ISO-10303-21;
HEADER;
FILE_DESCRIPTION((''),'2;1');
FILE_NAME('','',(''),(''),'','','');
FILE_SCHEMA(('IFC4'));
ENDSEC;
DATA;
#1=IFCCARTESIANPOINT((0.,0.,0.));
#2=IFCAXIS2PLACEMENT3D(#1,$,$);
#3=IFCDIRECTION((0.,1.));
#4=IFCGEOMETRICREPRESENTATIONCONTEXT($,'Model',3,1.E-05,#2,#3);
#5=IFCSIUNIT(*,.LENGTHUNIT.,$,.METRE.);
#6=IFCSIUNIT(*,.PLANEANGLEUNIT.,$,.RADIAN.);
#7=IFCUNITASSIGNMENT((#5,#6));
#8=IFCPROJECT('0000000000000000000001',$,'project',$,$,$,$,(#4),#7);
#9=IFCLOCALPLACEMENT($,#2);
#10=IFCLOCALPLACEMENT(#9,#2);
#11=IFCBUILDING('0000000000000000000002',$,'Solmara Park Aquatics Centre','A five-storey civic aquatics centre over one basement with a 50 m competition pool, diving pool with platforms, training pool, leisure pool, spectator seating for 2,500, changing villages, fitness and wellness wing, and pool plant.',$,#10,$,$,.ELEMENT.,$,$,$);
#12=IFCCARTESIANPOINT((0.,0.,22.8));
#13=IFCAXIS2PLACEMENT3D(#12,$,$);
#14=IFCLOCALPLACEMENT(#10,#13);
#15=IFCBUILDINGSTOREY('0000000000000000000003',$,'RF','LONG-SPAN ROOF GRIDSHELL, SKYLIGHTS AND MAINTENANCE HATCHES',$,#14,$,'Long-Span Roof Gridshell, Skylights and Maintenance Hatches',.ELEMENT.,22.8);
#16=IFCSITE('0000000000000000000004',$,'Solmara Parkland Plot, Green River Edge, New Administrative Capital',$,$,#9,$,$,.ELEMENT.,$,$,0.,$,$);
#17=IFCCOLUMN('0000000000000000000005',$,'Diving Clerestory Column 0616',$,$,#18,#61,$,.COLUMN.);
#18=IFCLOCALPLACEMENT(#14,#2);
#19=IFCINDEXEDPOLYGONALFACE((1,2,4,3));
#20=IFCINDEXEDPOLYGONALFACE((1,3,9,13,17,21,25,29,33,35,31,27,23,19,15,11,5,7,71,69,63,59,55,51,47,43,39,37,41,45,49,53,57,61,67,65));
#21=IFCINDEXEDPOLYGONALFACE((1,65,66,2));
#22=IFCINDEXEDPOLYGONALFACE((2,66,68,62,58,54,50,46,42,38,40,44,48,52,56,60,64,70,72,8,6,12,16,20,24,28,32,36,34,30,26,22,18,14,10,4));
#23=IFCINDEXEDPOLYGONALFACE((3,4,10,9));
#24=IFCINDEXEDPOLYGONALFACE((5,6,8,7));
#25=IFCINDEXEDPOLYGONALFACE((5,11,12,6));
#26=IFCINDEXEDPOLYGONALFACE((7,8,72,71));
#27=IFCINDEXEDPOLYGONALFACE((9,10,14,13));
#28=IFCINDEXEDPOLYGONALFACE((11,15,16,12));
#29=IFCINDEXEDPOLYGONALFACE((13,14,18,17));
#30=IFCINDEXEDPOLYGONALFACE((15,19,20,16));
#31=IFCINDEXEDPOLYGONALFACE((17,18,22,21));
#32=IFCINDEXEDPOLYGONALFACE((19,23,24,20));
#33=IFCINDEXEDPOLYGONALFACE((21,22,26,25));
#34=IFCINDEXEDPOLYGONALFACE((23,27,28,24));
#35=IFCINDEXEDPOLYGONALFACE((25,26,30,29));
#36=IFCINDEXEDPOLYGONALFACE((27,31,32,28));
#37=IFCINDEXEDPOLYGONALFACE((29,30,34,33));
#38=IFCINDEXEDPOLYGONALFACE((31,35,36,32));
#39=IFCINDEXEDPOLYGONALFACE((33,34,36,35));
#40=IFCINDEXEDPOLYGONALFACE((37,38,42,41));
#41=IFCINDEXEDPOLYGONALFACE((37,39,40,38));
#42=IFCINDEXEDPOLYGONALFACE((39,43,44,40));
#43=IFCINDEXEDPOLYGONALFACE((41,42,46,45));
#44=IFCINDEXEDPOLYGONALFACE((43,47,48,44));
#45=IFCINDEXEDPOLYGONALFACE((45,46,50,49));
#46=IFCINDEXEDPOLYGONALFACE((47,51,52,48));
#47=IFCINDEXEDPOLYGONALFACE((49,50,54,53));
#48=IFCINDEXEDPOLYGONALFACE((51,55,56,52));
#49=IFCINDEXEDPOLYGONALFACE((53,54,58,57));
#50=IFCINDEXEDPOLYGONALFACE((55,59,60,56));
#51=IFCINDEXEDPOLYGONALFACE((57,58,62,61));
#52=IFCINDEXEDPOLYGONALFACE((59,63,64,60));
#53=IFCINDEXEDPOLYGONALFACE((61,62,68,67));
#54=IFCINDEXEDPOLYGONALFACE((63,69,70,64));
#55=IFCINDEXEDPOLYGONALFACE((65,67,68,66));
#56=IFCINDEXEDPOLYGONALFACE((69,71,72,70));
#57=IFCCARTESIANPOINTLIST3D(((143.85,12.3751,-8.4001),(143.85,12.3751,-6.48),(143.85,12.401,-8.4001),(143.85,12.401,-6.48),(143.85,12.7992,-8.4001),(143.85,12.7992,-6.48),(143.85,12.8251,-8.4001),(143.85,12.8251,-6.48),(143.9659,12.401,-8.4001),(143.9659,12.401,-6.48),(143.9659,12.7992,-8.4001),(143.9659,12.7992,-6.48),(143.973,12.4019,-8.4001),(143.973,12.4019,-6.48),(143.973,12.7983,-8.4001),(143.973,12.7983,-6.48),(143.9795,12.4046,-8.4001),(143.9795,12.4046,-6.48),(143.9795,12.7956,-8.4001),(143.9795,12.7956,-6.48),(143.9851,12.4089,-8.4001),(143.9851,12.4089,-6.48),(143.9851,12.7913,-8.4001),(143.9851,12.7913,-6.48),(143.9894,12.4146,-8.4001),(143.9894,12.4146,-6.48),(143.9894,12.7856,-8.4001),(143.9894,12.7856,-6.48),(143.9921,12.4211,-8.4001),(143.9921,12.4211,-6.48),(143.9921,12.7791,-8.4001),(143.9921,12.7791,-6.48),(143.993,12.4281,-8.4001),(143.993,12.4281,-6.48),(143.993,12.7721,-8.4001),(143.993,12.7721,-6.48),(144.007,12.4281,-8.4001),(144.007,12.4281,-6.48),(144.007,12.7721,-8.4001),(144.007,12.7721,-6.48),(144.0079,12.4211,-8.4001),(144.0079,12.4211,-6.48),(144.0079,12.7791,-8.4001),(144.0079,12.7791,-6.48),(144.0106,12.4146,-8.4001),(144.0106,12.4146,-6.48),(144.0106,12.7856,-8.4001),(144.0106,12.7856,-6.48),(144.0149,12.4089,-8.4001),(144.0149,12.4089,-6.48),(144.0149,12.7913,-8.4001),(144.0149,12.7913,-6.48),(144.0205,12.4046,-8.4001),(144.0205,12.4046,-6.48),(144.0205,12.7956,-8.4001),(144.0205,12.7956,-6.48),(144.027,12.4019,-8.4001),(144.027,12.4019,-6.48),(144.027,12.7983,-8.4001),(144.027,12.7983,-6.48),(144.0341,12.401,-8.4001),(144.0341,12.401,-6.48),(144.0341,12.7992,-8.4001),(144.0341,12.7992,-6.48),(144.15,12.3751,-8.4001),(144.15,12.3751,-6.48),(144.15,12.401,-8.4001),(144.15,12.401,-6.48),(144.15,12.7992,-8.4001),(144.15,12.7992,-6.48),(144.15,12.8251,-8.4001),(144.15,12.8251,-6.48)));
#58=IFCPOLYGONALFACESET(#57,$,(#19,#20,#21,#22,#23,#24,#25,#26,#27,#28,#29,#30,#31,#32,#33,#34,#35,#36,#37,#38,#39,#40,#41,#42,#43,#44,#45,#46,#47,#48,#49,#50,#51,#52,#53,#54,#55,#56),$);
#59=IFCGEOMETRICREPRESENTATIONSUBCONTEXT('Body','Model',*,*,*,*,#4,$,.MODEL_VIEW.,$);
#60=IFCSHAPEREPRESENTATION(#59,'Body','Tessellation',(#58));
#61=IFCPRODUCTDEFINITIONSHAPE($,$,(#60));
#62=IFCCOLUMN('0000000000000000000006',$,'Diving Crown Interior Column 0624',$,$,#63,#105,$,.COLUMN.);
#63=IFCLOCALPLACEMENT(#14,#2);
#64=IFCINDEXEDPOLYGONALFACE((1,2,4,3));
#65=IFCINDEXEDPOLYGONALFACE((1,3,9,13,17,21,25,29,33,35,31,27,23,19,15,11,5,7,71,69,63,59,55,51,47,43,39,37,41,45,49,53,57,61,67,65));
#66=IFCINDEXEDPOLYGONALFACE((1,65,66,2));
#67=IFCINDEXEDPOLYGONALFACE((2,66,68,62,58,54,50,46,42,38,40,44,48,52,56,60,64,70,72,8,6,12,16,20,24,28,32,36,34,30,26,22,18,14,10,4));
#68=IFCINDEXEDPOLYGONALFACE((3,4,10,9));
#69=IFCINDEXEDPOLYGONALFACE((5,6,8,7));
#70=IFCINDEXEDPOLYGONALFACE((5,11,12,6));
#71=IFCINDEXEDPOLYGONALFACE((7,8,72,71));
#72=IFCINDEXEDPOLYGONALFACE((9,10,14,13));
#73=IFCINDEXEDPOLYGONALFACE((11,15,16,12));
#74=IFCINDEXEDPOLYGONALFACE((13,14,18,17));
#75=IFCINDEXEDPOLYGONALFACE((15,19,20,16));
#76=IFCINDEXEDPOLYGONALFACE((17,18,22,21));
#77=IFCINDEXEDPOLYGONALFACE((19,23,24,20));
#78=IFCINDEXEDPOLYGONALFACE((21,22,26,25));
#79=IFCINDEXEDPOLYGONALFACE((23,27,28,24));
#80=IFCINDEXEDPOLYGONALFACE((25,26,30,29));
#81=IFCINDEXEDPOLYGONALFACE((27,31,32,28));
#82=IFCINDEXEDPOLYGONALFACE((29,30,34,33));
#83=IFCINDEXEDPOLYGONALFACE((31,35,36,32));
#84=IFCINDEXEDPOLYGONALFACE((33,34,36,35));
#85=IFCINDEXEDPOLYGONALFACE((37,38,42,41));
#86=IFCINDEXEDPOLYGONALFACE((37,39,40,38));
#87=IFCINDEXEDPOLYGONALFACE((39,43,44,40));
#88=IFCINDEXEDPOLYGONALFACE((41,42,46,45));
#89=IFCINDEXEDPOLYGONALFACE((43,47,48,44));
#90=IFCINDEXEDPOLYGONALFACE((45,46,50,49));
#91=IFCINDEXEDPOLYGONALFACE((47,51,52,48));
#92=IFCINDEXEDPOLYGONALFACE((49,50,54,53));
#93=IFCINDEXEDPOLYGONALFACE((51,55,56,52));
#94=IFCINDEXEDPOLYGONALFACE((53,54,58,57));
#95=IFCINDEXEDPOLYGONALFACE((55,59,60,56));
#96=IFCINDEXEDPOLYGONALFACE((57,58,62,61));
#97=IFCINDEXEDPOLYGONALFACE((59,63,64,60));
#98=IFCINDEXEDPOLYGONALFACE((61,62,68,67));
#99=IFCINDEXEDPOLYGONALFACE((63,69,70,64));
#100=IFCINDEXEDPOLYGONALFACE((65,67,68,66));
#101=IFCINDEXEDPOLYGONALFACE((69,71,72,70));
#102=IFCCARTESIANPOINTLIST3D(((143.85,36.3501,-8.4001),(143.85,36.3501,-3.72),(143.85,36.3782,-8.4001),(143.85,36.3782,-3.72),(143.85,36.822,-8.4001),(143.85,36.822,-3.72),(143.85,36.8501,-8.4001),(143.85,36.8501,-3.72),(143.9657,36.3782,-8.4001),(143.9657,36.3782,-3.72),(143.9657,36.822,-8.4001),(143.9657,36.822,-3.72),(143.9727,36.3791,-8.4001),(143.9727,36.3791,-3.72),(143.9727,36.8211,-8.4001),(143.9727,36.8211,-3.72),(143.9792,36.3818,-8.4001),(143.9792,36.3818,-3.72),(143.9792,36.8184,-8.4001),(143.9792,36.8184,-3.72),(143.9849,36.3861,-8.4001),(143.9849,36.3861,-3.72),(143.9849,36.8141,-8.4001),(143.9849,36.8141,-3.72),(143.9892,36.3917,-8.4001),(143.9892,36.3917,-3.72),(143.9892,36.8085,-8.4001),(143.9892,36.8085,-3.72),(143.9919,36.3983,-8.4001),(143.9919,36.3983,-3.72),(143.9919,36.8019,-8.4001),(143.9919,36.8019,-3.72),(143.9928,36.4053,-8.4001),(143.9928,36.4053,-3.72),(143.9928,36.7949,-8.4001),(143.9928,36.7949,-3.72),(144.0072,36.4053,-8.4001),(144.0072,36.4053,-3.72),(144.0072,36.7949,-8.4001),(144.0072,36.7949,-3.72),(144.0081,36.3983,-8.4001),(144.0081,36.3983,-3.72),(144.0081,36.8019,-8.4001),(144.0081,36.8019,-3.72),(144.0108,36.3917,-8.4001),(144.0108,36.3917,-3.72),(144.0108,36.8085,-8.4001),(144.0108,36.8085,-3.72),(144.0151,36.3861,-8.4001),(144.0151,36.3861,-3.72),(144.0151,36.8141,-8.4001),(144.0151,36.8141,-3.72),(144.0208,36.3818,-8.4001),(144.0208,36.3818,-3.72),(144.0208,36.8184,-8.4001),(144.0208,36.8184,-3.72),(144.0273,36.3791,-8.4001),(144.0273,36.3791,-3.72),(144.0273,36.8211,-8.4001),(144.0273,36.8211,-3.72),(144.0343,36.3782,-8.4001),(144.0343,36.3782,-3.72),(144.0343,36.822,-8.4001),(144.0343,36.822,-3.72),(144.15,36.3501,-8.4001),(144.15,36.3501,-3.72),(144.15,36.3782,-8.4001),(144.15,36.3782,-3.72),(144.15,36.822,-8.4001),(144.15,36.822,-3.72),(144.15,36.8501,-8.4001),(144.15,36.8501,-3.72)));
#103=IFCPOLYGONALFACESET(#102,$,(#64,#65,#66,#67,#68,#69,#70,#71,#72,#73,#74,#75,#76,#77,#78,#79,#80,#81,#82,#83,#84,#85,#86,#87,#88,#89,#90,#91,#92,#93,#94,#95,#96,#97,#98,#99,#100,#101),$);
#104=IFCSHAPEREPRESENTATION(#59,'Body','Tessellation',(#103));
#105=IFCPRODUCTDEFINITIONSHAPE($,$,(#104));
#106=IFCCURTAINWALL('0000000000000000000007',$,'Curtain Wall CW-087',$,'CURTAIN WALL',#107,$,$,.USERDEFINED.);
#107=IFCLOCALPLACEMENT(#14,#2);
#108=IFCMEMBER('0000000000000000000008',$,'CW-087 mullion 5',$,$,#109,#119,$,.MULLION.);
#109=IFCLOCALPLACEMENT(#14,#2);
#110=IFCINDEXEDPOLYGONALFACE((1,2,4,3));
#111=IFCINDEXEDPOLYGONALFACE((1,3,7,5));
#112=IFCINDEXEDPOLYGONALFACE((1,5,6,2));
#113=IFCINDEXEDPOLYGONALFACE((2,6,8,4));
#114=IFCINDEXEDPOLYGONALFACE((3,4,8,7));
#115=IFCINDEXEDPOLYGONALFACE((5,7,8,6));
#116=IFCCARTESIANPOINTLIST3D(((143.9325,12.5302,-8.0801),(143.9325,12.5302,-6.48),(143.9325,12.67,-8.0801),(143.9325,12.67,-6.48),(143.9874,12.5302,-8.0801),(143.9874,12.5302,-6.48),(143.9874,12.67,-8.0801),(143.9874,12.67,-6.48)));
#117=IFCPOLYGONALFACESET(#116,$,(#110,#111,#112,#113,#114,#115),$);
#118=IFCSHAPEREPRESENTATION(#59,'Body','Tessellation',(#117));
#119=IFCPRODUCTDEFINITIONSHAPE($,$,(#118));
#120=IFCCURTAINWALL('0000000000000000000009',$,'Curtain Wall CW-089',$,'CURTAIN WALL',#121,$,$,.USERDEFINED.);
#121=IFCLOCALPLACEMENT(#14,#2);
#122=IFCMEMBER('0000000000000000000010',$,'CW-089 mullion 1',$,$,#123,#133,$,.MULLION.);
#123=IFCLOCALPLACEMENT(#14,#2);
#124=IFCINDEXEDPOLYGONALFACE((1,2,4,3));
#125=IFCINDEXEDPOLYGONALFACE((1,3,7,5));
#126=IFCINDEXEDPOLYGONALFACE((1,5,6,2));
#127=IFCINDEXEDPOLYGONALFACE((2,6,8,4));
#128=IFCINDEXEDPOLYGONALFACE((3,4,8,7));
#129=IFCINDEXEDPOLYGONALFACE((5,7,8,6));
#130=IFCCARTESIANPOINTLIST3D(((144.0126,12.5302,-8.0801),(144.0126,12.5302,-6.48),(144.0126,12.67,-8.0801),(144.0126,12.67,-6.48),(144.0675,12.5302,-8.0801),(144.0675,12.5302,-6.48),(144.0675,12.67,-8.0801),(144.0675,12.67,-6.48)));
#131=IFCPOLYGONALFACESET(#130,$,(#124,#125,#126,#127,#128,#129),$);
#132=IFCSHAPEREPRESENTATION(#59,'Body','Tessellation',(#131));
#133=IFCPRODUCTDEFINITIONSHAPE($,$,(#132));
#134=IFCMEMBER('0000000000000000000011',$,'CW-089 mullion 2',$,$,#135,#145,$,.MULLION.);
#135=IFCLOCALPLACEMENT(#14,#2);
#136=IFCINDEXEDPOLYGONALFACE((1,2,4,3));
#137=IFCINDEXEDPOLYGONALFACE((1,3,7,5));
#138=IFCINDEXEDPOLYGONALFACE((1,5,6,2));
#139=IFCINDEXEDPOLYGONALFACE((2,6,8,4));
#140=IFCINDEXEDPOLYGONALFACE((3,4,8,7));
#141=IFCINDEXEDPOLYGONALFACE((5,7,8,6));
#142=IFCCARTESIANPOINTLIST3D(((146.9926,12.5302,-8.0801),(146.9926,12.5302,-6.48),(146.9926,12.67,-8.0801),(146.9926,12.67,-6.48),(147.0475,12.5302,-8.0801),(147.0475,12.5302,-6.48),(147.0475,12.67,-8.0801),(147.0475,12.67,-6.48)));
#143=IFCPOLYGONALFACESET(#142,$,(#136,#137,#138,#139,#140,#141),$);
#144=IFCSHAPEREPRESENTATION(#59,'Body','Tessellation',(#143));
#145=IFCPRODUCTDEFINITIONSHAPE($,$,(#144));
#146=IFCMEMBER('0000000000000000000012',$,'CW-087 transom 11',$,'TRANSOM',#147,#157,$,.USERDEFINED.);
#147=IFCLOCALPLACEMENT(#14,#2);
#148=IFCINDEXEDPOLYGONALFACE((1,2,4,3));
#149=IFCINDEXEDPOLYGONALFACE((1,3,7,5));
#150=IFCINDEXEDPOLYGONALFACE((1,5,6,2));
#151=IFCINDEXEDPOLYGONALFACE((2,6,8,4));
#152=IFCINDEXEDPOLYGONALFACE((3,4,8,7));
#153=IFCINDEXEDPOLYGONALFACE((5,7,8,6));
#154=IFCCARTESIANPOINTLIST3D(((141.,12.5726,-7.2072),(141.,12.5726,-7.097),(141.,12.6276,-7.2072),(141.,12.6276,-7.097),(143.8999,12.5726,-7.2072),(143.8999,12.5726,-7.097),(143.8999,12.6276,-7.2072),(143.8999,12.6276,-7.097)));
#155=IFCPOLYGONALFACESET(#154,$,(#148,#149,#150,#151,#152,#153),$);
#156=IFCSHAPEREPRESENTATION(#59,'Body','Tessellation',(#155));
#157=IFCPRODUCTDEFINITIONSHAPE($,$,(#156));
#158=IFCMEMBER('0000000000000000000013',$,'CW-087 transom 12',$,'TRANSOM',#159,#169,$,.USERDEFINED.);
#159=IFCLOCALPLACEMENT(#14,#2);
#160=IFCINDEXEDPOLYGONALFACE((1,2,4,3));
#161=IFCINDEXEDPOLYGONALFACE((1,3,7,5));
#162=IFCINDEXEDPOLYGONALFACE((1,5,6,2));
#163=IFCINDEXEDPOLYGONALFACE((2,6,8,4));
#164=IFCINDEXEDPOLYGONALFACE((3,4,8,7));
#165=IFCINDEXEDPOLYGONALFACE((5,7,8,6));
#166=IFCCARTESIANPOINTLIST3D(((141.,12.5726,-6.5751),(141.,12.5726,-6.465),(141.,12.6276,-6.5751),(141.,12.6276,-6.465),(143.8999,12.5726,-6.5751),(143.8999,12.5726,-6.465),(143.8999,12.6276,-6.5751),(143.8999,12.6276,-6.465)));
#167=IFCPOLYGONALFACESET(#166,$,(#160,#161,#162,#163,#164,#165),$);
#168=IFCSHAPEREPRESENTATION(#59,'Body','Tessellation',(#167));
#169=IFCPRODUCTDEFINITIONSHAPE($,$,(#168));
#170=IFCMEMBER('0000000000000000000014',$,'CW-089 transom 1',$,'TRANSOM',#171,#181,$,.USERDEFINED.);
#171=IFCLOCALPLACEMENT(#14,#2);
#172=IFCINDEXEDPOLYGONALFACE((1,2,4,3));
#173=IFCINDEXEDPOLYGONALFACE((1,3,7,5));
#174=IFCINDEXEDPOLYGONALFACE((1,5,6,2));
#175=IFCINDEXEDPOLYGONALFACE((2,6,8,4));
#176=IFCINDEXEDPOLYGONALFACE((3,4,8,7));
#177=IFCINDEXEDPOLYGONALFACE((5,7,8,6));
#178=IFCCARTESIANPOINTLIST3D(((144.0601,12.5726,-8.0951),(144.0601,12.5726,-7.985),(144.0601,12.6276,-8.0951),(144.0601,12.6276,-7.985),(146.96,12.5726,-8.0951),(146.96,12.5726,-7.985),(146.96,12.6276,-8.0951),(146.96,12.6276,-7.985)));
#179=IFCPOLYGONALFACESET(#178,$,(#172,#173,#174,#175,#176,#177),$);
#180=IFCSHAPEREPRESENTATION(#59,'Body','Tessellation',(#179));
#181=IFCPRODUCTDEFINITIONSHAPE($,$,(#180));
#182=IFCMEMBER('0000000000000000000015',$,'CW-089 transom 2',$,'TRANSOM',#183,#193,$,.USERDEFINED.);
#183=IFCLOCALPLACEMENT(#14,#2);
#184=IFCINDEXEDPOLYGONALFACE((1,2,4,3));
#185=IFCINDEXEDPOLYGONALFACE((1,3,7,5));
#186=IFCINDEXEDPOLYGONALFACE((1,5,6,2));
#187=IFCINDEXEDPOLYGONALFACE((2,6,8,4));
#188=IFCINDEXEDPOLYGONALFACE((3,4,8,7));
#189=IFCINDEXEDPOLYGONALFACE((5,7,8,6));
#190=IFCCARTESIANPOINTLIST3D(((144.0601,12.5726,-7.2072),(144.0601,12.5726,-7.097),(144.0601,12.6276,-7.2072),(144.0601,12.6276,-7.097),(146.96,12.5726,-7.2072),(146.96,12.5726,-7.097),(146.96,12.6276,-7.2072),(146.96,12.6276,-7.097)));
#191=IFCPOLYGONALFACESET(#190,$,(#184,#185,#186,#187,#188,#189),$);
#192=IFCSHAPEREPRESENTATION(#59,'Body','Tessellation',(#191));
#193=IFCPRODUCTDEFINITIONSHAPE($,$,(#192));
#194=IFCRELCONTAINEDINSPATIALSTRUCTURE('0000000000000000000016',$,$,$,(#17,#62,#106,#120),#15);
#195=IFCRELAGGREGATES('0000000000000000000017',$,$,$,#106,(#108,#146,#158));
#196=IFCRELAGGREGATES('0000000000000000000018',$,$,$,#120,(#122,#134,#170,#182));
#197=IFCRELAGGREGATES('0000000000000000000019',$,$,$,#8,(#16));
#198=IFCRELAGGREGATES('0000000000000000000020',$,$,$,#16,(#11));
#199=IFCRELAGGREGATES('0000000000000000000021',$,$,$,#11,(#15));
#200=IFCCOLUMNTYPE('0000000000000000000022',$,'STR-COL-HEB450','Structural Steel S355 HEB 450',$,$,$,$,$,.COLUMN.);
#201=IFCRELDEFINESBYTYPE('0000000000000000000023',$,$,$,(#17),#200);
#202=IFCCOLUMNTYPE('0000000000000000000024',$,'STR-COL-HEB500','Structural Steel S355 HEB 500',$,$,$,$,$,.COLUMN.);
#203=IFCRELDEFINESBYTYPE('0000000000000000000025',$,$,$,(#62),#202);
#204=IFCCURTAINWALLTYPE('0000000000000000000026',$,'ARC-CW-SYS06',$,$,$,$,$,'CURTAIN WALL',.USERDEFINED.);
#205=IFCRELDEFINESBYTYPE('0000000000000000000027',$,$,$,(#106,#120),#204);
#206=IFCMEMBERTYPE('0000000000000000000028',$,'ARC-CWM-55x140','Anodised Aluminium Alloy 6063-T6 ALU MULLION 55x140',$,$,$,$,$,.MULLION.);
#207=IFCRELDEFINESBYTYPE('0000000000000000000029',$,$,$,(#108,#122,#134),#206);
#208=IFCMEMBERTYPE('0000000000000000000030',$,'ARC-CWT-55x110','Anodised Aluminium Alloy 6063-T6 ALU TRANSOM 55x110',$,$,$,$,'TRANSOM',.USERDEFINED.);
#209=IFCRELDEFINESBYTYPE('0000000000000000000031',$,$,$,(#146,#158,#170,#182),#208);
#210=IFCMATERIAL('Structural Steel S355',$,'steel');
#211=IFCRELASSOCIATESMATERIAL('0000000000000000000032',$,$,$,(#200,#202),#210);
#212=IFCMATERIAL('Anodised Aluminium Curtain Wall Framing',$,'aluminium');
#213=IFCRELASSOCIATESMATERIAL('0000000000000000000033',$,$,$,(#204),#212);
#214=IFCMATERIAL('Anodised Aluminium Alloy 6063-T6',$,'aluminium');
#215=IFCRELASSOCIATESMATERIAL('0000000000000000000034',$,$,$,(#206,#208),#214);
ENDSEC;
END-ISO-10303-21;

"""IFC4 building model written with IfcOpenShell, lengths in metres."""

from ifc_helpers import new_model, si_unit, direction, frame, origin, origin_2d, place, context, subcontext, project, spatial, rectangle, i_section, extrude, material, material_profile, profile_set, type_object, element, aggregate, save


model = new_model("IFC4")

# Units and contexts
model_context = context("Model", 3, precision=1e-05, world=origin(), true_north=direction((0.0, 1.0)))
body_context = subcontext(model_context, "Body", "Model", "MODEL_VIEW")
ifc_project = project(units=[si_unit("LENGTHUNIT", "METRE"), si_unit("PLANEANGLEUNIT", "RADIAN")], contexts=[model_context])

# Site, building, storey
site_placement = place(None, origin())
site = spatial("IfcSite", under=ifc_project, at=site_placement, Name="Solmara Parkland Plot, Green River Edge, New Administrative Capital", CompositionType="ELEMENT", RefElevation=0.0)
building_placement = place(site_placement, origin())
building = spatial("IfcBuilding", under=site, at=building_placement, Name="Solmara Park Aquatics Centre", Description="A five-storey civic aquatics centre over one basement with a 50 m competition pool, diving pool with platforms, training pool, leisure pool, spectator seating for 2,500, changing villages, fitness and wellness wing, and pool plant.", CompositionType="ELEMENT")
storey_placement = place(building_placement, frame((0.0, 0.0, 22.8)))
storey = spatial("IfcBuildingStorey", under=building, at=storey_placement, Name="RF", Description="LONG-SPAN ROOF GRIDSHELL, SKYLIGHTS AND MAINTENANCE HATCHES", LongName="Long-Span Roof Gridshell, Skylights and Maintenance Hatches", CompositionType="ELEMENT", Elevation=22.8)

# Columns
ifc_material_1 = material(Name="Structural Steel S355", Category="steel")
ifc_material_profile_1 = material_profile(ifc_material_1, i_section(OverallWidth=0.3, OverallDepth=0.45, WebThickness=0.0139, FlangeThickness=0.0259, FilletRadius=0.0271, at=origin_2d()), Name="HEB 450")
ifc_profile_set_1 = profile_set([ifc_material_profile_1], Name="Structural Steel S355")
column_type_1 = type_object("IfcColumnType", Name="STR-COL-HEB450", Description="Structural Steel S355 HEB 450", PredefinedType="COLUMN", material=ifc_profile_set_1)
column_1_placement = place(storey_placement, frame((144.0, 12.6001, -8.4001), z_axis=(0.0, 0.0, 1.0), x_axis=(1.0, 0.0, 0.0)))
element("IfcColumn", 1, at=column_1_placement, inside=storey, type_object=column_type_1, Name="Diving Clerestory Column 0616", PredefinedType="COLUMN", context=body_context, shape_type="SweptSolid", body=[
    extrude(i_section(OverallWidth=0.3, OverallDepth=0.45, WebThickness=0.0139, FlangeThickness=0.0259, FilletRadius=0.0271, at=origin_2d()), origin(), (0.0, 0.0, 1.0), 1.9202),
])
ifc_material_profile_2 = material_profile(ifc_material_1, i_section(OverallWidth=0.3, OverallDepth=0.5, WebThickness=0.0144, FlangeThickness=0.0281, FilletRadius=0.0271, at=origin_2d()), Name="HEB 500")
ifc_profile_set_2 = profile_set([ifc_material_profile_2], Name="Structural Steel S355")
column_type_2 = type_object("IfcColumnType", Name="STR-COL-HEB500", Description="Structural Steel S355 HEB 500", PredefinedType="COLUMN", material=ifc_profile_set_2)
column_2_placement = place(storey_placement, frame((144.0, 36.6001, -8.4001), z_axis=(0.0, 0.0, 1.0), x_axis=(1.0, 0.0, 0.0)))
element("IfcColumn", 2, at=column_2_placement, inside=storey, type_object=column_type_2, Name="Diving Crown Interior Column 0624", PredefinedType="COLUMN", context=body_context, shape_type="SweptSolid", body=[
    extrude(i_section(OverallWidth=0.3, OverallDepth=0.5, WebThickness=0.0144, FlangeThickness=0.0281, FilletRadius=0.0271, at=origin_2d()), origin(), (0.0, 0.0, 1.0), 4.6802),
])

# Curtain wall, member
ifc_material_2 = material(Name="Anodised Aluminium Curtain Wall Framing", Category="aluminium")
curtain_wall_type = type_object("IfcCurtainWallType", Name="ARC-CW-SYS06", ElementType="CURTAIN WALL", PredefinedType="USERDEFINED", material=ifc_material_2)
curtain_wall_1_placement = place(storey_placement, origin())
curtain_wall_1 = element("IfcCurtainWall", 3, at=curtain_wall_1_placement, inside=storey, type_object=curtain_wall_type, Name="Curtain Wall CW-087", ObjectType="CURTAIN WALL", PredefinedType="USERDEFINED")
ifc_material_3 = material(Name="Anodised Aluminium Alloy 6063-T6", Category="aluminium")
ifc_material_profile_3 = material_profile(ifc_material_3, rectangle(XDim=0.0549, YDim=0.1399, at=origin_2d()), Name="ALU MULLION 55x140")
ifc_profile_set_3 = profile_set([ifc_material_profile_3], Name="Anodised Aluminium Alloy 6063-T6")
member_type_1 = type_object("IfcMemberType", Name="ARC-CWM-55x140", Description="Anodised Aluminium Alloy 6063-T6 ALU MULLION 55x140", PredefinedType="MULLION", material=ifc_profile_set_3)
member_1_placement = place(storey_placement, frame((143.96, 12.6001, -8.0801), z_axis=(0.0, 0.0, 1.0), x_axis=(1.0, 0.0, 0.0)))
member_1 = element("IfcMember", 4, at=member_1_placement, type_object=member_type_1, Name="CW-087 mullion 5", PredefinedType="MULLION", context=body_context, shape_type="SweptSolid", body=[
    extrude(rectangle(XDim=0.0549, YDim=0.1399, at=origin_2d()), origin(), (0.0, 0.0, 1.0), 1.6001),
])

# Curtain wall, members
curtain_wall_2_placement = place(storey_placement, origin())
curtain_wall_2 = element("IfcCurtainWall", 5, at=curtain_wall_2_placement, inside=storey, type_object=curtain_wall_type, Name="Curtain Wall CW-089", ObjectType="CURTAIN WALL", PredefinedType="USERDEFINED")
member_2_placement = place(storey_placement, frame((144.04, 12.6001, -8.0801), z_axis=(0.0, 0.0, 1.0), x_axis=(1.0, 0.0, 0.0)))
member_2 = element("IfcMember", 6, at=member_2_placement, type_object=member_type_1, Name="CW-089 mullion 1", PredefinedType="MULLION", context=body_context, shape_type="SweptSolid", body=[
    extrude(rectangle(XDim=0.0549, YDim=0.1399, at=origin_2d()), origin(), (0.0, 0.0, 1.0), 1.6001),
])
member_3_placement = place(storey_placement, frame((147.02, 12.6001, -8.0801), z_axis=(0.0, 0.0, 1.0), x_axis=(1.0, 0.0, 0.0)))
member_3 = element("IfcMember", 7, at=member_3_placement, type_object=member_type_1, Name="CW-089 mullion 2", PredefinedType="MULLION", context=body_context, shape_type="SweptSolid", body=[
    extrude(rectangle(XDim=0.0549, YDim=0.1399, at=origin_2d()), origin(), (0.0, 0.0, 1.0), 1.6001),
])

# Members
ifc_material_profile_4 = material_profile(ifc_material_3, rectangle(XDim=0.0549, YDim=0.1101, at=origin_2d()), Name="ALU TRANSOM 55x110")
ifc_profile_set_4 = profile_set([ifc_material_profile_4], Name="Anodised Aluminium Alloy 6063-T6")
member_type_2 = type_object("IfcMemberType", Name="ARC-CWT-55x110", Description="Anodised Aluminium Alloy 6063-T6 ALU TRANSOM 55x110", ElementType="TRANSOM", PredefinedType="USERDEFINED", material=ifc_profile_set_4)
member_4_placement = place(storey_placement, frame((141.0, 12.6001, -7.1521), z_axis=(1.0, 0.0, 0.0), x_axis=(0.0, 1.0, 0.0)))
member_4 = element("IfcMember", 8, at=member_4_placement, type_object=member_type_2, Name="CW-087 transom 11", ObjectType="TRANSOM", PredefinedType="USERDEFINED", context=body_context, shape_type="SweptSolid", body=[
    extrude(rectangle(XDim=0.0549, YDim=0.1101, at=origin_2d()), origin(), (0.0, 0.0, 1.0), 2.8999),
])
member_5_placement = place(storey_placement, frame((141.0, 12.6001, -6.52), z_axis=(1.0, 0.0, 0.0), x_axis=(0.0, 1.0, 0.0)))
member_5 = element("IfcMember", 9, at=member_5_placement, type_object=member_type_2, Name="CW-087 transom 12", ObjectType="TRANSOM", PredefinedType="USERDEFINED", context=body_context, shape_type="SweptSolid", body=[
    extrude(rectangle(XDim=0.0549, YDim=0.1101, at=origin_2d()), origin(), (0.0, 0.0, 1.0), 2.8999),
])
member_6_placement = place(storey_placement, frame((144.0601, 12.6001, -8.04), z_axis=(1.0, 0.0, 0.0), x_axis=(0.0, 1.0, 0.0)))
member_6 = element("IfcMember", 10, at=member_6_placement, type_object=member_type_2, Name="CW-089 transom 1", ObjectType="TRANSOM", PredefinedType="USERDEFINED", context=body_context, shape_type="SweptSolid", body=[
    extrude(rectangle(XDim=0.0549, YDim=0.1101, at=origin_2d()), origin(), (0.0, 0.0, 1.0), 2.8999),
])
member_7_placement = place(storey_placement, frame((144.0601, 12.6001, -7.1521), z_axis=(1.0, 0.0, 0.0), x_axis=(0.0, 1.0, 0.0)))
member_7 = element("IfcMember", 11, at=member_7_placement, type_object=member_type_2, Name="CW-089 transom 2", ObjectType="TRANSOM", PredefinedType="USERDEFINED", context=body_context, shape_type="SweptSolid", body=[
    extrude(rectangle(XDim=0.0549, YDim=0.1101, at=origin_2d()), origin(), (0.0, 0.0, 1.0), 2.8999),
])

aggregate(curtain_wall_1, [member_1, member_4, member_5])
aggregate(curtain_wall_2, [member_2, member_3, member_6, member_7])

save(model, "model.ifc")
